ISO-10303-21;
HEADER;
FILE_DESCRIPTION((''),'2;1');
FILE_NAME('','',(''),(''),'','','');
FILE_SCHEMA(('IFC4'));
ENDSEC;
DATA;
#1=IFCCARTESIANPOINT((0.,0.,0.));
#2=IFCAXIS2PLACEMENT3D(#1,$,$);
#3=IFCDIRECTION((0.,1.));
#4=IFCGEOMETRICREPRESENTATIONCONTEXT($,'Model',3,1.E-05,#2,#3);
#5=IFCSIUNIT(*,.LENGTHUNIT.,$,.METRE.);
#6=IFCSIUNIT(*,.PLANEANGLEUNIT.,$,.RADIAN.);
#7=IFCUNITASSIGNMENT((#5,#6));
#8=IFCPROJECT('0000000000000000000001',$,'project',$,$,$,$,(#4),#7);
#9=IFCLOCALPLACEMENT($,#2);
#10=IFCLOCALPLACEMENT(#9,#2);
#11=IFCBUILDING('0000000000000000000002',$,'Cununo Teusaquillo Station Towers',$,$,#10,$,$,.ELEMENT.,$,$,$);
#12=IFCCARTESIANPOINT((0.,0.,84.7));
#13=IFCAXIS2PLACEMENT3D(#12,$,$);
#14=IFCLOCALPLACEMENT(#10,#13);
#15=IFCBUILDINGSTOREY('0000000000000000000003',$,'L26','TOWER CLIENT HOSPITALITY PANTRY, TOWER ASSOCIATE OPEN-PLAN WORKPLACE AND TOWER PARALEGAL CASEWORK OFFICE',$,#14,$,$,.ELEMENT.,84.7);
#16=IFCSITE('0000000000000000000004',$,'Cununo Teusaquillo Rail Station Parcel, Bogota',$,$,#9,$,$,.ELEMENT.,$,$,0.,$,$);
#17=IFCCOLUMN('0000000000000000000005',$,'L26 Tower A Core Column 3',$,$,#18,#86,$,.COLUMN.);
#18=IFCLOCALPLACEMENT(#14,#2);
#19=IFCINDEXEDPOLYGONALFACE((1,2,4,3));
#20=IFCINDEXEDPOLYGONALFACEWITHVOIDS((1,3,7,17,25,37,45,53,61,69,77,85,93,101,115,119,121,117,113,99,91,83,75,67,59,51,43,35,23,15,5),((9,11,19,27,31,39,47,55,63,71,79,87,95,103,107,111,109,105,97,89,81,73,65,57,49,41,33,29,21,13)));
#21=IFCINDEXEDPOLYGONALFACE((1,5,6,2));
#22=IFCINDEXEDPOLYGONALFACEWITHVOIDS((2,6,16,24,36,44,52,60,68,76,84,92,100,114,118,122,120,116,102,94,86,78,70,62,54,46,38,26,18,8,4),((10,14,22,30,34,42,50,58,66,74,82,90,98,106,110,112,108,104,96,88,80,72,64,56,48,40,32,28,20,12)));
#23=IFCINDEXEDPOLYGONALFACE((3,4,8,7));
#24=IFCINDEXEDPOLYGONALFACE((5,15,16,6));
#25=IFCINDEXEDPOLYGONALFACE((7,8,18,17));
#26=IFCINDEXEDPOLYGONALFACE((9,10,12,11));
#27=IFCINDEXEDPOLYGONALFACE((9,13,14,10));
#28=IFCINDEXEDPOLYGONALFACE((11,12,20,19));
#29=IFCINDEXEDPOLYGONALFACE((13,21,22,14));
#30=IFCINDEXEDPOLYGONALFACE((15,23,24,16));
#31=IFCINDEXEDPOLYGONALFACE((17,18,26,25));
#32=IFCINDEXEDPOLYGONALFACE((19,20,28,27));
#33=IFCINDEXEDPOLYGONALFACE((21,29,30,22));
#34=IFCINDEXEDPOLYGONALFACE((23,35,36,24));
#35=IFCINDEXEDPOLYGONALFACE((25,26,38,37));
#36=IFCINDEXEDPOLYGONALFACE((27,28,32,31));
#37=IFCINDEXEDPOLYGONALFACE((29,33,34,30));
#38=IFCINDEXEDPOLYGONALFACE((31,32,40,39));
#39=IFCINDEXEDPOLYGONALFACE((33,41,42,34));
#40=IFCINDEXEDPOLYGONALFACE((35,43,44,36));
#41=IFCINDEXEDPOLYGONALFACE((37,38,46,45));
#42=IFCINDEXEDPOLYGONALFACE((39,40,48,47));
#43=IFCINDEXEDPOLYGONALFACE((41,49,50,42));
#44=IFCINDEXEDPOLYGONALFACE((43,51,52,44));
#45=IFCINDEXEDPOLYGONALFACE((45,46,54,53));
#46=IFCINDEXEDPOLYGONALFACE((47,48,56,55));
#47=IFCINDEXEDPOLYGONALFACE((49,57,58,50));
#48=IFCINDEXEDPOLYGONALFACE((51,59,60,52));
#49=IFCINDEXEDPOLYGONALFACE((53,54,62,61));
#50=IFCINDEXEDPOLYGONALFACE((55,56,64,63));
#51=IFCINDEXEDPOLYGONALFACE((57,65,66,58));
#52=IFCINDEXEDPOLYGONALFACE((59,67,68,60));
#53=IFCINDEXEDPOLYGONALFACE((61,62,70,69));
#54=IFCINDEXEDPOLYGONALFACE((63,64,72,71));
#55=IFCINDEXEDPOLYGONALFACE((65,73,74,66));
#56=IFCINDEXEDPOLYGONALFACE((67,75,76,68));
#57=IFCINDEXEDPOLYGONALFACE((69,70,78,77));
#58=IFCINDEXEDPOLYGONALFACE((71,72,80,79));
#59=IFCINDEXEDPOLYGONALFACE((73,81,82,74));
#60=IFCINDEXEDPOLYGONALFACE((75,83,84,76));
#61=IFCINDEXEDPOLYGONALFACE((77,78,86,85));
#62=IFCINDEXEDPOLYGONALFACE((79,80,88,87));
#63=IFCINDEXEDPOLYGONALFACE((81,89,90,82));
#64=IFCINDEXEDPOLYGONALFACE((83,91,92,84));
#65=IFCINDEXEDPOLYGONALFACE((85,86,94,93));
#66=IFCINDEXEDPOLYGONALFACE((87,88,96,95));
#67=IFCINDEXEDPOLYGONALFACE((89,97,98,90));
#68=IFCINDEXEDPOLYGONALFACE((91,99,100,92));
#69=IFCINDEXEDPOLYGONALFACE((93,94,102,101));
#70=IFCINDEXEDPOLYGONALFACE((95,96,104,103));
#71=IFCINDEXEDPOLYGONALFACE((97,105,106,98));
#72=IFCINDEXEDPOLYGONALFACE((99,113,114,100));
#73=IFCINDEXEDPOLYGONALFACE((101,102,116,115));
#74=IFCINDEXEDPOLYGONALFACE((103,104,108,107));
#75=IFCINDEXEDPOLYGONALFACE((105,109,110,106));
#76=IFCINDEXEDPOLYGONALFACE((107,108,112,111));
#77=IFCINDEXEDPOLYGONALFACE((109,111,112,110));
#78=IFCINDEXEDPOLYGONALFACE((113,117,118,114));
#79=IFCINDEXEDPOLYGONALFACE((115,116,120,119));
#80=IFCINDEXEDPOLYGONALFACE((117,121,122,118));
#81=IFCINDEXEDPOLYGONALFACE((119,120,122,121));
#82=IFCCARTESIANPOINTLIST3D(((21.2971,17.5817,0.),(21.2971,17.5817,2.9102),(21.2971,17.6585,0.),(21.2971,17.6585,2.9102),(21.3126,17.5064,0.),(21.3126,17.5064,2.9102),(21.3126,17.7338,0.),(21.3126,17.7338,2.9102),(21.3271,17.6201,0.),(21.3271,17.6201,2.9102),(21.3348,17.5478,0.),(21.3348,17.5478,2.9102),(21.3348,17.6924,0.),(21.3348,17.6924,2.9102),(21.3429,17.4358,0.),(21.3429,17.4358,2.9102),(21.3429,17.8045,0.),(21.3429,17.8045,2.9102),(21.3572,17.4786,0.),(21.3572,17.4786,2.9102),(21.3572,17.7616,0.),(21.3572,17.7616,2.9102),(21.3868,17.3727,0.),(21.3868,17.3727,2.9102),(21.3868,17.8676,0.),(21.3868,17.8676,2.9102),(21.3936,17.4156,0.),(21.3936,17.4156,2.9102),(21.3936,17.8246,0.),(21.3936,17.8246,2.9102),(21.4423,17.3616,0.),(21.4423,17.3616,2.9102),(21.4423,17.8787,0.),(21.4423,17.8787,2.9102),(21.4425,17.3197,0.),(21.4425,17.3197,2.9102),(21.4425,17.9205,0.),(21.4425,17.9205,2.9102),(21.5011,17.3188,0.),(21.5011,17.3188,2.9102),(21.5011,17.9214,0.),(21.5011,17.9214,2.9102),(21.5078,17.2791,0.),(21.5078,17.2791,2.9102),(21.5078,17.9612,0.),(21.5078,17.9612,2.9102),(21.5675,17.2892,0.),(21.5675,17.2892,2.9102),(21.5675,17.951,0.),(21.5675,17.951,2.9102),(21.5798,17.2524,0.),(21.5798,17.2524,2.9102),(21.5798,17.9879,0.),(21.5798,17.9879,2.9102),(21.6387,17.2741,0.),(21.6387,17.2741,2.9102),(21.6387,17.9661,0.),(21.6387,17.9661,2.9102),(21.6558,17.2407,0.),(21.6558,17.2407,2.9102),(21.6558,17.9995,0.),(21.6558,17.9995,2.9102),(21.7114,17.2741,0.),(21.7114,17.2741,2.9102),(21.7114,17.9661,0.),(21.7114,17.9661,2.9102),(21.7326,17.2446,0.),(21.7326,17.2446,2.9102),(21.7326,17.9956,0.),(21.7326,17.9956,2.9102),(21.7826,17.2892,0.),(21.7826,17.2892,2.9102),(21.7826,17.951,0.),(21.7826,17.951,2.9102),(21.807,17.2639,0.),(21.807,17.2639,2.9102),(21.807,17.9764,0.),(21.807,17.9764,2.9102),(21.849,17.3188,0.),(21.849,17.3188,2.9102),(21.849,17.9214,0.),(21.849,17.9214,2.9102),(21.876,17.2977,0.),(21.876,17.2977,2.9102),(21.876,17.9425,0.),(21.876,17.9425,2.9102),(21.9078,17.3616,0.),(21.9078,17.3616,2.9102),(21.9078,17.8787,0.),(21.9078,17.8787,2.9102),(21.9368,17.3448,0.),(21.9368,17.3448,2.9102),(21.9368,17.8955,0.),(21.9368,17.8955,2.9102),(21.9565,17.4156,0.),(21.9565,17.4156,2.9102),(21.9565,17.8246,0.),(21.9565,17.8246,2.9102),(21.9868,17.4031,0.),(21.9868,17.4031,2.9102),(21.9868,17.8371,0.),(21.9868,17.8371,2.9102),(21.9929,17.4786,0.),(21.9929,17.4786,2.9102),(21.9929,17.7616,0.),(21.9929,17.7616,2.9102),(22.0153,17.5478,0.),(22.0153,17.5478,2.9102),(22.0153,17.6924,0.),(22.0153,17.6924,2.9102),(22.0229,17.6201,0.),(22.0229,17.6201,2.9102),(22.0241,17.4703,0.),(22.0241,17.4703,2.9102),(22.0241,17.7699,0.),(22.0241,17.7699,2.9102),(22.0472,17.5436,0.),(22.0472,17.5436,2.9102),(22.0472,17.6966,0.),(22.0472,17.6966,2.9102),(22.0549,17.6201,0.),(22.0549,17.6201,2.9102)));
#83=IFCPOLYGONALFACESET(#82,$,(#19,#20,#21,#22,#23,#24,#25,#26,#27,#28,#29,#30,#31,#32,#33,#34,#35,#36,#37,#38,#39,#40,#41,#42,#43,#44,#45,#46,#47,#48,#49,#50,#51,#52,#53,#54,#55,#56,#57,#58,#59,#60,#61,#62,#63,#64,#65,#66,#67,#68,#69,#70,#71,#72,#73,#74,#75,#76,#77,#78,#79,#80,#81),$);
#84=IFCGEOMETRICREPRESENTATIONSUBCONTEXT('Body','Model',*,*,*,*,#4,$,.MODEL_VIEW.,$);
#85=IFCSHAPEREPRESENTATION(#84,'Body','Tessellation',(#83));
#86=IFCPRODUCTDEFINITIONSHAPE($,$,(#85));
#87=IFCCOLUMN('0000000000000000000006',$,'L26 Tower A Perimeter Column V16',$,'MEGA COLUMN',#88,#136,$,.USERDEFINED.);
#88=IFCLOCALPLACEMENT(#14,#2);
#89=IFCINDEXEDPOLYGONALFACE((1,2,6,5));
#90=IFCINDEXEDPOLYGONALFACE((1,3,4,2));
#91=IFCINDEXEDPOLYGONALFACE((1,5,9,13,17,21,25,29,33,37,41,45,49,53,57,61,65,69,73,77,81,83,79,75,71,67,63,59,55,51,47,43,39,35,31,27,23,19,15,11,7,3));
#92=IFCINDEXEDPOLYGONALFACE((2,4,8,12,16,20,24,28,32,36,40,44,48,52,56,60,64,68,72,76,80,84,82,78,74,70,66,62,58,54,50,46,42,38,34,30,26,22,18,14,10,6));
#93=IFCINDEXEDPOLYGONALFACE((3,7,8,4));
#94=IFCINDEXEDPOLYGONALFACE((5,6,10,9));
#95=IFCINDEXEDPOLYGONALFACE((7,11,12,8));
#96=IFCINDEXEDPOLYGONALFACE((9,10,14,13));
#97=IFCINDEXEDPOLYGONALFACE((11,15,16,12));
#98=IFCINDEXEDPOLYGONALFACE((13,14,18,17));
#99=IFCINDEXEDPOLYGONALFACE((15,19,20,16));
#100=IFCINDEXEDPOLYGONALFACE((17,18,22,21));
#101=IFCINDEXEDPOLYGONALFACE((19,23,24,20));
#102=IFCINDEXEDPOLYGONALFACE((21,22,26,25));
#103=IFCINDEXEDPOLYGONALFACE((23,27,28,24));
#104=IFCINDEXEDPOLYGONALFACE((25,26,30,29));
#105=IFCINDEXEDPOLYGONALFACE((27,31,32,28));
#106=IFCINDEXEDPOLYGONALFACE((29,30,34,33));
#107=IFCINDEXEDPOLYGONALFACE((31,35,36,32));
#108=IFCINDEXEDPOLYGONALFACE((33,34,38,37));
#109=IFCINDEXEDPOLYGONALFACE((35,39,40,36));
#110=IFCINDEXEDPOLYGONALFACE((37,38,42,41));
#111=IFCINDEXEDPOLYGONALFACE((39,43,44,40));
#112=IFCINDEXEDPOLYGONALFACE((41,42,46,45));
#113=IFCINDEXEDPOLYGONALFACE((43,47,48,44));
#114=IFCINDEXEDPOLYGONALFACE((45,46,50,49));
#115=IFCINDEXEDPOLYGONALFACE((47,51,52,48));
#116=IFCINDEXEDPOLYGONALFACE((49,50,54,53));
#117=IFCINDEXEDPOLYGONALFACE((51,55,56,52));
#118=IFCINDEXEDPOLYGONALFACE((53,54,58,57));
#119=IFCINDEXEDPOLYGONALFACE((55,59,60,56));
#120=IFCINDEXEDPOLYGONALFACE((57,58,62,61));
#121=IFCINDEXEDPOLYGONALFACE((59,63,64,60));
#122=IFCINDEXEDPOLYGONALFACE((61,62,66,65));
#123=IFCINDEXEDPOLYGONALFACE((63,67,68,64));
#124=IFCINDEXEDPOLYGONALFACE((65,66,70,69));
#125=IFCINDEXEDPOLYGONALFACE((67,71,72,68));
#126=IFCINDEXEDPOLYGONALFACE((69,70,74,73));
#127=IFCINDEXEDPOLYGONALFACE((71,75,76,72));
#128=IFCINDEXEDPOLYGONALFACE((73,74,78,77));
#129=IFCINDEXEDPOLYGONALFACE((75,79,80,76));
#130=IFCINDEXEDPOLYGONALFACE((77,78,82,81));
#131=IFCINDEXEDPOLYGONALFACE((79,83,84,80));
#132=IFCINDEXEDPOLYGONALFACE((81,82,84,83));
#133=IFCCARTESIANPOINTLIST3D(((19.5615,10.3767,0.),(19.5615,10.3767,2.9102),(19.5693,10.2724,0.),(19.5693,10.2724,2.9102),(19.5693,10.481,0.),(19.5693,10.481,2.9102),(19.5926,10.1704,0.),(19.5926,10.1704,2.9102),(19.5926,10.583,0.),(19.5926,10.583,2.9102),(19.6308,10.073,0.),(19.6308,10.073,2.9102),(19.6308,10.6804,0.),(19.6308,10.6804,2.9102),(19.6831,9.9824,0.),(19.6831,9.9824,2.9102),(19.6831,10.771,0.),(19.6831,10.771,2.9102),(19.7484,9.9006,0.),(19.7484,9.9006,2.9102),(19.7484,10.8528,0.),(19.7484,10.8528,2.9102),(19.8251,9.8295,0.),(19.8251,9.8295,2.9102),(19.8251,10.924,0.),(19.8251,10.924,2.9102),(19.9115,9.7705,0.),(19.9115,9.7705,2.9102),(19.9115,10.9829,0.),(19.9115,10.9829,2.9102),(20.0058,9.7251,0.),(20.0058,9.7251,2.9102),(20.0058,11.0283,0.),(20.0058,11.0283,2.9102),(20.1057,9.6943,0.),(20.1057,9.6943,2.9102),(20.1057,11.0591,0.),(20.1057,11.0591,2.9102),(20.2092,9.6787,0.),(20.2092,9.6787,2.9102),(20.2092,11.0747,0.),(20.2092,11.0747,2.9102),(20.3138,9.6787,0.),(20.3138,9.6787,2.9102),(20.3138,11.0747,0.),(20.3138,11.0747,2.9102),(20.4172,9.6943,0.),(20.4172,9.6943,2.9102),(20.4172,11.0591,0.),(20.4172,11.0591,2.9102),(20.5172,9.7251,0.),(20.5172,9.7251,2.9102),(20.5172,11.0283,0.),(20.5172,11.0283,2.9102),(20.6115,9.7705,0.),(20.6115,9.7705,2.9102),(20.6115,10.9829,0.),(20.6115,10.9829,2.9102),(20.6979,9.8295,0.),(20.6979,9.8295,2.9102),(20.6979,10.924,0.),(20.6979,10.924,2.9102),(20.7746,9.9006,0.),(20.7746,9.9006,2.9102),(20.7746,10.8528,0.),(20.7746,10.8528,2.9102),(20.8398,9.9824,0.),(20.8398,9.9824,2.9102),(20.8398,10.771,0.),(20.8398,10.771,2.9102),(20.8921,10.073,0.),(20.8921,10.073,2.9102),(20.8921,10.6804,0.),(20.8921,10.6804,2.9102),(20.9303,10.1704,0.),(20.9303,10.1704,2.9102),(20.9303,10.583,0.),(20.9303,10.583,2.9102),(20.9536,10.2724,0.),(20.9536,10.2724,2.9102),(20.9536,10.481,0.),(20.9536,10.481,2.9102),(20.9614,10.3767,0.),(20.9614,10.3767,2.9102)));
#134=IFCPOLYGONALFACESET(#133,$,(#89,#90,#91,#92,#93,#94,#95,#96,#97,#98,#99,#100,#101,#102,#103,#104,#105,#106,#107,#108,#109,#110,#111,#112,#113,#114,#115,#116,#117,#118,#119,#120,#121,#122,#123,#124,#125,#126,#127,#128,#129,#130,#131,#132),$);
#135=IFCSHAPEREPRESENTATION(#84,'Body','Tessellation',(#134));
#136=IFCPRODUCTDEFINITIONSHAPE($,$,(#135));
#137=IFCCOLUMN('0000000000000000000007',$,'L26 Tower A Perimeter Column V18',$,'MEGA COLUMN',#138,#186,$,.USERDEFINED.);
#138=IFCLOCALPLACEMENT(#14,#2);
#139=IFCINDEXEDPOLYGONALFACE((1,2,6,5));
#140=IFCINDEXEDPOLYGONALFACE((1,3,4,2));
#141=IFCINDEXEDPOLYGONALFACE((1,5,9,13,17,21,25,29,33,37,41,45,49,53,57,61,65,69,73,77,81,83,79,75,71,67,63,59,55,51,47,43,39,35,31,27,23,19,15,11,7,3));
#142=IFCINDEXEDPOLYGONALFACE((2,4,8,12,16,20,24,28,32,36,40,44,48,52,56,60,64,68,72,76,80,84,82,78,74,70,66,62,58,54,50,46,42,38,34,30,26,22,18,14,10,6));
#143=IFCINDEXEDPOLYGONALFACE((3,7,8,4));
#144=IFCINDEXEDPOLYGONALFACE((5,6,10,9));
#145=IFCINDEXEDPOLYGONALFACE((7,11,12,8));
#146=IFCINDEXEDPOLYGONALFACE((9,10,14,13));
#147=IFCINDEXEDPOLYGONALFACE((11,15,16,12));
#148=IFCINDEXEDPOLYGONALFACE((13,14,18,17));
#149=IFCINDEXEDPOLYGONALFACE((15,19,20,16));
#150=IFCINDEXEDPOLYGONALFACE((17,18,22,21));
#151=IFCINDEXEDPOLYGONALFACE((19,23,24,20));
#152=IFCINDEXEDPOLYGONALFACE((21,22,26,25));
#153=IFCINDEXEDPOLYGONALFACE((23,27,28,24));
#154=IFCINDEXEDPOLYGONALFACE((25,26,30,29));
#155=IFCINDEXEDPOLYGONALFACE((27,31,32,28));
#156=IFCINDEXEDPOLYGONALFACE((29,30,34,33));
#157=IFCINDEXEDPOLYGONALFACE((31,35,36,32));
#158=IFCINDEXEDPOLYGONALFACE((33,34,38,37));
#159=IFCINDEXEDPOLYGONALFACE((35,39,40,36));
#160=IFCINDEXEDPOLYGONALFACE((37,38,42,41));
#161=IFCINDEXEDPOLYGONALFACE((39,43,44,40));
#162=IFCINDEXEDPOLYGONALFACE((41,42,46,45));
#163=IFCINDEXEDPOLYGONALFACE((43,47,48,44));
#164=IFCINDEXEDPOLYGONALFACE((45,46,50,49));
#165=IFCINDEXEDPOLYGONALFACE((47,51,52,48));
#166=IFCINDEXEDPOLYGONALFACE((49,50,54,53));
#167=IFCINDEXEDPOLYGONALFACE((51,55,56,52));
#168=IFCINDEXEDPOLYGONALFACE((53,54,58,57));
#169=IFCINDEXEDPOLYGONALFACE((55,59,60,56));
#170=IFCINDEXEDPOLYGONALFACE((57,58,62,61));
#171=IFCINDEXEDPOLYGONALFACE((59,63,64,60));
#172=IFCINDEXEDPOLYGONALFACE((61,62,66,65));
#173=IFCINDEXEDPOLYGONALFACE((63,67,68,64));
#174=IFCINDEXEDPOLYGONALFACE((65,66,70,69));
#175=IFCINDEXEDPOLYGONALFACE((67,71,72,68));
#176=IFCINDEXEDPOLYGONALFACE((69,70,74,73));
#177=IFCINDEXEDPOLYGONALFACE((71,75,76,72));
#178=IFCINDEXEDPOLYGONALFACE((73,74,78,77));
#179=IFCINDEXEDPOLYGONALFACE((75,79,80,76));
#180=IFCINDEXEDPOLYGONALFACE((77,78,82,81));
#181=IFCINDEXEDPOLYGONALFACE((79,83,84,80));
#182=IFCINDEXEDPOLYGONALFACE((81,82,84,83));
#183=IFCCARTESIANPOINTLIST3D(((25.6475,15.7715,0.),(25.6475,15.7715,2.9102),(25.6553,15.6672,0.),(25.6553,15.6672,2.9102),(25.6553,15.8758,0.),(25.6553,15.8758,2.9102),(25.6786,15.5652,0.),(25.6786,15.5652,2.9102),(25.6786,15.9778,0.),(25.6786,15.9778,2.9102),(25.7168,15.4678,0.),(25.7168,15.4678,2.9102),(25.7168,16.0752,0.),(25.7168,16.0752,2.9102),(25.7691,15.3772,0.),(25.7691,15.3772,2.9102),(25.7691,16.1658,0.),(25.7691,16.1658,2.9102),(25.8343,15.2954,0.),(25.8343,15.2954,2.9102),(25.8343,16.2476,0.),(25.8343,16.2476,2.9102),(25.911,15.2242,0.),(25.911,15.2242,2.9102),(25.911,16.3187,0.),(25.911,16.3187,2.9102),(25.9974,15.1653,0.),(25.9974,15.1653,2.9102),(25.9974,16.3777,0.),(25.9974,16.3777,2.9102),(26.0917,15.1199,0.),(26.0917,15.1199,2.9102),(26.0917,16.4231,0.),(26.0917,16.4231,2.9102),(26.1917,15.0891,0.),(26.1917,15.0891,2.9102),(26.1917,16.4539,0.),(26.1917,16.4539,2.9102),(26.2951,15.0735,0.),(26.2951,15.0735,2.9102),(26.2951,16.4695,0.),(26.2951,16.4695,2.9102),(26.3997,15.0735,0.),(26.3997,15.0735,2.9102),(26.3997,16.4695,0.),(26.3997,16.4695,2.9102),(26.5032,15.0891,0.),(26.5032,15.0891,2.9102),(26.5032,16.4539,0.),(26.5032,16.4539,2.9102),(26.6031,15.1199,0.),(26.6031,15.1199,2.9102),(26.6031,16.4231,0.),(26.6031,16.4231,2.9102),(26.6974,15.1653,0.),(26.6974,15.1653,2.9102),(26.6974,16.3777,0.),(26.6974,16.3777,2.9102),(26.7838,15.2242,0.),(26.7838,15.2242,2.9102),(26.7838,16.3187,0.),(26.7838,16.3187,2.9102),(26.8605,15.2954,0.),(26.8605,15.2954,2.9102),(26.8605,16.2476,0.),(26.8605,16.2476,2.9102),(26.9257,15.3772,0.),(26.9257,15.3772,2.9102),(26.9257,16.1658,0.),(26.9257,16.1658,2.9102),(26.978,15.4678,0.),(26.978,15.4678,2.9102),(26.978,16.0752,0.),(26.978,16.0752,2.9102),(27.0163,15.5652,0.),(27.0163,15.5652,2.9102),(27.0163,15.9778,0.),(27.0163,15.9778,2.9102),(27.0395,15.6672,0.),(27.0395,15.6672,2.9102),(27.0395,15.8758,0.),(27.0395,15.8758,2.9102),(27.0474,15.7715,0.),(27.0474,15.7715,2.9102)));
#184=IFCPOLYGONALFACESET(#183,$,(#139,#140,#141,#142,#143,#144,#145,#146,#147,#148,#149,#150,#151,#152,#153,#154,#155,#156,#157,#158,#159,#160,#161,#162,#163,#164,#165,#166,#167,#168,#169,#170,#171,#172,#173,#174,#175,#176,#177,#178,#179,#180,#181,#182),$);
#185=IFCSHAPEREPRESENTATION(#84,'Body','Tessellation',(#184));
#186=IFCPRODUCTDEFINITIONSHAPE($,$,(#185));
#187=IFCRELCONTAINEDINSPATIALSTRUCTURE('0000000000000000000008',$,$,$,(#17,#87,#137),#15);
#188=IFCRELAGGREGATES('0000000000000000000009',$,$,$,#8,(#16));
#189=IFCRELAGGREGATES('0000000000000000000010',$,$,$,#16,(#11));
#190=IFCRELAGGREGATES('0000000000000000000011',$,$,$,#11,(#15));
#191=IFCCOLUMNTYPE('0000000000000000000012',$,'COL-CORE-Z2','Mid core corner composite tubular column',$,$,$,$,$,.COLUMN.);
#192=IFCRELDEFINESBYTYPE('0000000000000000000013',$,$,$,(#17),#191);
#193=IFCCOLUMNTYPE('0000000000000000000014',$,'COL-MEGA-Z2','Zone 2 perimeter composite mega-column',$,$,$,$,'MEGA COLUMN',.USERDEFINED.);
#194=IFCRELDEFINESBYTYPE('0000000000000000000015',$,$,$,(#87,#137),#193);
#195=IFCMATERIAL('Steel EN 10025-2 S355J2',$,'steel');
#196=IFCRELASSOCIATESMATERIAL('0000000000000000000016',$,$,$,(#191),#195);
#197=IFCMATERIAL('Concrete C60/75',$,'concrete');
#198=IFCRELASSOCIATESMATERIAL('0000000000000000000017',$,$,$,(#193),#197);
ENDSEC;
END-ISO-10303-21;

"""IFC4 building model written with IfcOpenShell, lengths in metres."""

from ifc_helpers import new_model, si_unit, direction, frame, origin, origin_2d, place, context, subcontext, project, spatial, circle, hollow_circle, extrude, material, material_profile, profile_set, type_object, element, save


model = new_model("IFC4")

# Units and contexts
model_context = context("Model", 3, precision=1e-05, world=origin(), true_north=direction((0.0, 1.0)))
body_context = subcontext(model_context, "Body", "Model", "MODEL_VIEW")
ifc_project = project(units=[si_unit("LENGTHUNIT", "METRE"), si_unit("PLANEANGLEUNIT", "RADIAN")], contexts=[model_context])

# Site, building, storey
site_placement = place(None, origin())
site = spatial("IfcSite", under=ifc_project, at=site_placement, Name="Cununo Teusaquillo Rail Station Parcel, Bogota", CompositionType="ELEMENT", RefElevation=0.0)
building_placement = place(site_placement, origin())
building = spatial("IfcBuilding", under=site, at=building_placement, Name="Cununo Teusaquillo Station Towers", CompositionType="ELEMENT")
storey_placement = place(building_placement, frame((0.0, 0.0, 84.7)))
storey = spatial("IfcBuildingStorey", under=building, at=storey_placement, Name="L26", Description="TOWER CLIENT HOSPITALITY PANTRY, TOWER ASSOCIATE OPEN-PLAN WORKPLACE AND TOWER PARALEGAL CASEWORK OFFICE", CompositionType="ELEMENT", Elevation=84.7)

# Columns
ifc_material_1 = material(Name="Steel EN 10025-2 S355J2", Category="steel")
ifc_material_profile_1 = material_profile(ifc_material_1, hollow_circle(Radius=0.3799, WallThickness=0.032, at=origin_2d()), Name="CHS 760x32")
ifc_profile_set_1 = profile_set([ifc_material_profile_1], Name="Steel EN 10025-2 S355J2")
column_type_1 = type_object("IfcColumnType", Name="COL-CORE-Z2", Description="Mid core corner composite tubular column", PredefinedType="COLUMN", material=ifc_profile_set_1)
column_placement = place(storey_placement, frame((21.675, 17.6201, 0.0), z_axis=(0.0, 0.0, 1.0), x_axis=(1.0, 0.0, 0.0)))
element("IfcColumn", 1, at=column_placement, inside=storey, type_object=column_type_1, Name="L26 Tower A Core Column 3", PredefinedType="COLUMN", context=body_context, shape_type="SweptSolid", body=[
    extrude(hollow_circle(Radius=0.3799, WallThickness=0.032, at=origin_2d()), origin(), (0.0, 0.0, 1.0), 2.9102),
])
ifc_material_2 = material(Name="Concrete C60/75", Category="concrete")
ifc_material_profile_2 = material_profile(ifc_material_2, circle(Radius=0.7, at=origin_2d()), Name="RC-CIRC-1400")
ifc_profile_set_2 = profile_set([ifc_material_profile_2], Name="Concrete C60/75")
column_type_2 = type_object("IfcColumnType", Name="COL-MEGA-Z2", Description="Zone 2 perimeter composite mega-column", ElementType="MEGA COLUMN", PredefinedType="USERDEFINED", material=ifc_profile_set_2)
for number, where, z_axis, x_axis, name in (
    (2, (20.2615, 10.3767, 0.0), (0.0, 0.0, 1.0), (1.0, 0.0, 0.0), "L26 Tower A Perimeter Column V16"),
    (3, (26.3474, 15.7715, 0.0), (0.0, 0.0, 1.0), (1.0, 0.0, 0.0), "L26 Tower A Perimeter Column V18"),
):
    element("IfcColumn", number, at=place(storey_placement, frame(where, z_axis=z_axis, x_axis=x_axis)), inside=storey, type_object=column_type_2, Name=name, ObjectType="MEGA COLUMN", PredefinedType="USERDEFINED", context=body_context, shape_type="SweptSolid", body=[
        extrude(circle(Radius=0.7, at=origin_2d()), origin(), (0.0, 0.0, 1.0), 2.9102),
    ])

save(model, "model.ifc")
